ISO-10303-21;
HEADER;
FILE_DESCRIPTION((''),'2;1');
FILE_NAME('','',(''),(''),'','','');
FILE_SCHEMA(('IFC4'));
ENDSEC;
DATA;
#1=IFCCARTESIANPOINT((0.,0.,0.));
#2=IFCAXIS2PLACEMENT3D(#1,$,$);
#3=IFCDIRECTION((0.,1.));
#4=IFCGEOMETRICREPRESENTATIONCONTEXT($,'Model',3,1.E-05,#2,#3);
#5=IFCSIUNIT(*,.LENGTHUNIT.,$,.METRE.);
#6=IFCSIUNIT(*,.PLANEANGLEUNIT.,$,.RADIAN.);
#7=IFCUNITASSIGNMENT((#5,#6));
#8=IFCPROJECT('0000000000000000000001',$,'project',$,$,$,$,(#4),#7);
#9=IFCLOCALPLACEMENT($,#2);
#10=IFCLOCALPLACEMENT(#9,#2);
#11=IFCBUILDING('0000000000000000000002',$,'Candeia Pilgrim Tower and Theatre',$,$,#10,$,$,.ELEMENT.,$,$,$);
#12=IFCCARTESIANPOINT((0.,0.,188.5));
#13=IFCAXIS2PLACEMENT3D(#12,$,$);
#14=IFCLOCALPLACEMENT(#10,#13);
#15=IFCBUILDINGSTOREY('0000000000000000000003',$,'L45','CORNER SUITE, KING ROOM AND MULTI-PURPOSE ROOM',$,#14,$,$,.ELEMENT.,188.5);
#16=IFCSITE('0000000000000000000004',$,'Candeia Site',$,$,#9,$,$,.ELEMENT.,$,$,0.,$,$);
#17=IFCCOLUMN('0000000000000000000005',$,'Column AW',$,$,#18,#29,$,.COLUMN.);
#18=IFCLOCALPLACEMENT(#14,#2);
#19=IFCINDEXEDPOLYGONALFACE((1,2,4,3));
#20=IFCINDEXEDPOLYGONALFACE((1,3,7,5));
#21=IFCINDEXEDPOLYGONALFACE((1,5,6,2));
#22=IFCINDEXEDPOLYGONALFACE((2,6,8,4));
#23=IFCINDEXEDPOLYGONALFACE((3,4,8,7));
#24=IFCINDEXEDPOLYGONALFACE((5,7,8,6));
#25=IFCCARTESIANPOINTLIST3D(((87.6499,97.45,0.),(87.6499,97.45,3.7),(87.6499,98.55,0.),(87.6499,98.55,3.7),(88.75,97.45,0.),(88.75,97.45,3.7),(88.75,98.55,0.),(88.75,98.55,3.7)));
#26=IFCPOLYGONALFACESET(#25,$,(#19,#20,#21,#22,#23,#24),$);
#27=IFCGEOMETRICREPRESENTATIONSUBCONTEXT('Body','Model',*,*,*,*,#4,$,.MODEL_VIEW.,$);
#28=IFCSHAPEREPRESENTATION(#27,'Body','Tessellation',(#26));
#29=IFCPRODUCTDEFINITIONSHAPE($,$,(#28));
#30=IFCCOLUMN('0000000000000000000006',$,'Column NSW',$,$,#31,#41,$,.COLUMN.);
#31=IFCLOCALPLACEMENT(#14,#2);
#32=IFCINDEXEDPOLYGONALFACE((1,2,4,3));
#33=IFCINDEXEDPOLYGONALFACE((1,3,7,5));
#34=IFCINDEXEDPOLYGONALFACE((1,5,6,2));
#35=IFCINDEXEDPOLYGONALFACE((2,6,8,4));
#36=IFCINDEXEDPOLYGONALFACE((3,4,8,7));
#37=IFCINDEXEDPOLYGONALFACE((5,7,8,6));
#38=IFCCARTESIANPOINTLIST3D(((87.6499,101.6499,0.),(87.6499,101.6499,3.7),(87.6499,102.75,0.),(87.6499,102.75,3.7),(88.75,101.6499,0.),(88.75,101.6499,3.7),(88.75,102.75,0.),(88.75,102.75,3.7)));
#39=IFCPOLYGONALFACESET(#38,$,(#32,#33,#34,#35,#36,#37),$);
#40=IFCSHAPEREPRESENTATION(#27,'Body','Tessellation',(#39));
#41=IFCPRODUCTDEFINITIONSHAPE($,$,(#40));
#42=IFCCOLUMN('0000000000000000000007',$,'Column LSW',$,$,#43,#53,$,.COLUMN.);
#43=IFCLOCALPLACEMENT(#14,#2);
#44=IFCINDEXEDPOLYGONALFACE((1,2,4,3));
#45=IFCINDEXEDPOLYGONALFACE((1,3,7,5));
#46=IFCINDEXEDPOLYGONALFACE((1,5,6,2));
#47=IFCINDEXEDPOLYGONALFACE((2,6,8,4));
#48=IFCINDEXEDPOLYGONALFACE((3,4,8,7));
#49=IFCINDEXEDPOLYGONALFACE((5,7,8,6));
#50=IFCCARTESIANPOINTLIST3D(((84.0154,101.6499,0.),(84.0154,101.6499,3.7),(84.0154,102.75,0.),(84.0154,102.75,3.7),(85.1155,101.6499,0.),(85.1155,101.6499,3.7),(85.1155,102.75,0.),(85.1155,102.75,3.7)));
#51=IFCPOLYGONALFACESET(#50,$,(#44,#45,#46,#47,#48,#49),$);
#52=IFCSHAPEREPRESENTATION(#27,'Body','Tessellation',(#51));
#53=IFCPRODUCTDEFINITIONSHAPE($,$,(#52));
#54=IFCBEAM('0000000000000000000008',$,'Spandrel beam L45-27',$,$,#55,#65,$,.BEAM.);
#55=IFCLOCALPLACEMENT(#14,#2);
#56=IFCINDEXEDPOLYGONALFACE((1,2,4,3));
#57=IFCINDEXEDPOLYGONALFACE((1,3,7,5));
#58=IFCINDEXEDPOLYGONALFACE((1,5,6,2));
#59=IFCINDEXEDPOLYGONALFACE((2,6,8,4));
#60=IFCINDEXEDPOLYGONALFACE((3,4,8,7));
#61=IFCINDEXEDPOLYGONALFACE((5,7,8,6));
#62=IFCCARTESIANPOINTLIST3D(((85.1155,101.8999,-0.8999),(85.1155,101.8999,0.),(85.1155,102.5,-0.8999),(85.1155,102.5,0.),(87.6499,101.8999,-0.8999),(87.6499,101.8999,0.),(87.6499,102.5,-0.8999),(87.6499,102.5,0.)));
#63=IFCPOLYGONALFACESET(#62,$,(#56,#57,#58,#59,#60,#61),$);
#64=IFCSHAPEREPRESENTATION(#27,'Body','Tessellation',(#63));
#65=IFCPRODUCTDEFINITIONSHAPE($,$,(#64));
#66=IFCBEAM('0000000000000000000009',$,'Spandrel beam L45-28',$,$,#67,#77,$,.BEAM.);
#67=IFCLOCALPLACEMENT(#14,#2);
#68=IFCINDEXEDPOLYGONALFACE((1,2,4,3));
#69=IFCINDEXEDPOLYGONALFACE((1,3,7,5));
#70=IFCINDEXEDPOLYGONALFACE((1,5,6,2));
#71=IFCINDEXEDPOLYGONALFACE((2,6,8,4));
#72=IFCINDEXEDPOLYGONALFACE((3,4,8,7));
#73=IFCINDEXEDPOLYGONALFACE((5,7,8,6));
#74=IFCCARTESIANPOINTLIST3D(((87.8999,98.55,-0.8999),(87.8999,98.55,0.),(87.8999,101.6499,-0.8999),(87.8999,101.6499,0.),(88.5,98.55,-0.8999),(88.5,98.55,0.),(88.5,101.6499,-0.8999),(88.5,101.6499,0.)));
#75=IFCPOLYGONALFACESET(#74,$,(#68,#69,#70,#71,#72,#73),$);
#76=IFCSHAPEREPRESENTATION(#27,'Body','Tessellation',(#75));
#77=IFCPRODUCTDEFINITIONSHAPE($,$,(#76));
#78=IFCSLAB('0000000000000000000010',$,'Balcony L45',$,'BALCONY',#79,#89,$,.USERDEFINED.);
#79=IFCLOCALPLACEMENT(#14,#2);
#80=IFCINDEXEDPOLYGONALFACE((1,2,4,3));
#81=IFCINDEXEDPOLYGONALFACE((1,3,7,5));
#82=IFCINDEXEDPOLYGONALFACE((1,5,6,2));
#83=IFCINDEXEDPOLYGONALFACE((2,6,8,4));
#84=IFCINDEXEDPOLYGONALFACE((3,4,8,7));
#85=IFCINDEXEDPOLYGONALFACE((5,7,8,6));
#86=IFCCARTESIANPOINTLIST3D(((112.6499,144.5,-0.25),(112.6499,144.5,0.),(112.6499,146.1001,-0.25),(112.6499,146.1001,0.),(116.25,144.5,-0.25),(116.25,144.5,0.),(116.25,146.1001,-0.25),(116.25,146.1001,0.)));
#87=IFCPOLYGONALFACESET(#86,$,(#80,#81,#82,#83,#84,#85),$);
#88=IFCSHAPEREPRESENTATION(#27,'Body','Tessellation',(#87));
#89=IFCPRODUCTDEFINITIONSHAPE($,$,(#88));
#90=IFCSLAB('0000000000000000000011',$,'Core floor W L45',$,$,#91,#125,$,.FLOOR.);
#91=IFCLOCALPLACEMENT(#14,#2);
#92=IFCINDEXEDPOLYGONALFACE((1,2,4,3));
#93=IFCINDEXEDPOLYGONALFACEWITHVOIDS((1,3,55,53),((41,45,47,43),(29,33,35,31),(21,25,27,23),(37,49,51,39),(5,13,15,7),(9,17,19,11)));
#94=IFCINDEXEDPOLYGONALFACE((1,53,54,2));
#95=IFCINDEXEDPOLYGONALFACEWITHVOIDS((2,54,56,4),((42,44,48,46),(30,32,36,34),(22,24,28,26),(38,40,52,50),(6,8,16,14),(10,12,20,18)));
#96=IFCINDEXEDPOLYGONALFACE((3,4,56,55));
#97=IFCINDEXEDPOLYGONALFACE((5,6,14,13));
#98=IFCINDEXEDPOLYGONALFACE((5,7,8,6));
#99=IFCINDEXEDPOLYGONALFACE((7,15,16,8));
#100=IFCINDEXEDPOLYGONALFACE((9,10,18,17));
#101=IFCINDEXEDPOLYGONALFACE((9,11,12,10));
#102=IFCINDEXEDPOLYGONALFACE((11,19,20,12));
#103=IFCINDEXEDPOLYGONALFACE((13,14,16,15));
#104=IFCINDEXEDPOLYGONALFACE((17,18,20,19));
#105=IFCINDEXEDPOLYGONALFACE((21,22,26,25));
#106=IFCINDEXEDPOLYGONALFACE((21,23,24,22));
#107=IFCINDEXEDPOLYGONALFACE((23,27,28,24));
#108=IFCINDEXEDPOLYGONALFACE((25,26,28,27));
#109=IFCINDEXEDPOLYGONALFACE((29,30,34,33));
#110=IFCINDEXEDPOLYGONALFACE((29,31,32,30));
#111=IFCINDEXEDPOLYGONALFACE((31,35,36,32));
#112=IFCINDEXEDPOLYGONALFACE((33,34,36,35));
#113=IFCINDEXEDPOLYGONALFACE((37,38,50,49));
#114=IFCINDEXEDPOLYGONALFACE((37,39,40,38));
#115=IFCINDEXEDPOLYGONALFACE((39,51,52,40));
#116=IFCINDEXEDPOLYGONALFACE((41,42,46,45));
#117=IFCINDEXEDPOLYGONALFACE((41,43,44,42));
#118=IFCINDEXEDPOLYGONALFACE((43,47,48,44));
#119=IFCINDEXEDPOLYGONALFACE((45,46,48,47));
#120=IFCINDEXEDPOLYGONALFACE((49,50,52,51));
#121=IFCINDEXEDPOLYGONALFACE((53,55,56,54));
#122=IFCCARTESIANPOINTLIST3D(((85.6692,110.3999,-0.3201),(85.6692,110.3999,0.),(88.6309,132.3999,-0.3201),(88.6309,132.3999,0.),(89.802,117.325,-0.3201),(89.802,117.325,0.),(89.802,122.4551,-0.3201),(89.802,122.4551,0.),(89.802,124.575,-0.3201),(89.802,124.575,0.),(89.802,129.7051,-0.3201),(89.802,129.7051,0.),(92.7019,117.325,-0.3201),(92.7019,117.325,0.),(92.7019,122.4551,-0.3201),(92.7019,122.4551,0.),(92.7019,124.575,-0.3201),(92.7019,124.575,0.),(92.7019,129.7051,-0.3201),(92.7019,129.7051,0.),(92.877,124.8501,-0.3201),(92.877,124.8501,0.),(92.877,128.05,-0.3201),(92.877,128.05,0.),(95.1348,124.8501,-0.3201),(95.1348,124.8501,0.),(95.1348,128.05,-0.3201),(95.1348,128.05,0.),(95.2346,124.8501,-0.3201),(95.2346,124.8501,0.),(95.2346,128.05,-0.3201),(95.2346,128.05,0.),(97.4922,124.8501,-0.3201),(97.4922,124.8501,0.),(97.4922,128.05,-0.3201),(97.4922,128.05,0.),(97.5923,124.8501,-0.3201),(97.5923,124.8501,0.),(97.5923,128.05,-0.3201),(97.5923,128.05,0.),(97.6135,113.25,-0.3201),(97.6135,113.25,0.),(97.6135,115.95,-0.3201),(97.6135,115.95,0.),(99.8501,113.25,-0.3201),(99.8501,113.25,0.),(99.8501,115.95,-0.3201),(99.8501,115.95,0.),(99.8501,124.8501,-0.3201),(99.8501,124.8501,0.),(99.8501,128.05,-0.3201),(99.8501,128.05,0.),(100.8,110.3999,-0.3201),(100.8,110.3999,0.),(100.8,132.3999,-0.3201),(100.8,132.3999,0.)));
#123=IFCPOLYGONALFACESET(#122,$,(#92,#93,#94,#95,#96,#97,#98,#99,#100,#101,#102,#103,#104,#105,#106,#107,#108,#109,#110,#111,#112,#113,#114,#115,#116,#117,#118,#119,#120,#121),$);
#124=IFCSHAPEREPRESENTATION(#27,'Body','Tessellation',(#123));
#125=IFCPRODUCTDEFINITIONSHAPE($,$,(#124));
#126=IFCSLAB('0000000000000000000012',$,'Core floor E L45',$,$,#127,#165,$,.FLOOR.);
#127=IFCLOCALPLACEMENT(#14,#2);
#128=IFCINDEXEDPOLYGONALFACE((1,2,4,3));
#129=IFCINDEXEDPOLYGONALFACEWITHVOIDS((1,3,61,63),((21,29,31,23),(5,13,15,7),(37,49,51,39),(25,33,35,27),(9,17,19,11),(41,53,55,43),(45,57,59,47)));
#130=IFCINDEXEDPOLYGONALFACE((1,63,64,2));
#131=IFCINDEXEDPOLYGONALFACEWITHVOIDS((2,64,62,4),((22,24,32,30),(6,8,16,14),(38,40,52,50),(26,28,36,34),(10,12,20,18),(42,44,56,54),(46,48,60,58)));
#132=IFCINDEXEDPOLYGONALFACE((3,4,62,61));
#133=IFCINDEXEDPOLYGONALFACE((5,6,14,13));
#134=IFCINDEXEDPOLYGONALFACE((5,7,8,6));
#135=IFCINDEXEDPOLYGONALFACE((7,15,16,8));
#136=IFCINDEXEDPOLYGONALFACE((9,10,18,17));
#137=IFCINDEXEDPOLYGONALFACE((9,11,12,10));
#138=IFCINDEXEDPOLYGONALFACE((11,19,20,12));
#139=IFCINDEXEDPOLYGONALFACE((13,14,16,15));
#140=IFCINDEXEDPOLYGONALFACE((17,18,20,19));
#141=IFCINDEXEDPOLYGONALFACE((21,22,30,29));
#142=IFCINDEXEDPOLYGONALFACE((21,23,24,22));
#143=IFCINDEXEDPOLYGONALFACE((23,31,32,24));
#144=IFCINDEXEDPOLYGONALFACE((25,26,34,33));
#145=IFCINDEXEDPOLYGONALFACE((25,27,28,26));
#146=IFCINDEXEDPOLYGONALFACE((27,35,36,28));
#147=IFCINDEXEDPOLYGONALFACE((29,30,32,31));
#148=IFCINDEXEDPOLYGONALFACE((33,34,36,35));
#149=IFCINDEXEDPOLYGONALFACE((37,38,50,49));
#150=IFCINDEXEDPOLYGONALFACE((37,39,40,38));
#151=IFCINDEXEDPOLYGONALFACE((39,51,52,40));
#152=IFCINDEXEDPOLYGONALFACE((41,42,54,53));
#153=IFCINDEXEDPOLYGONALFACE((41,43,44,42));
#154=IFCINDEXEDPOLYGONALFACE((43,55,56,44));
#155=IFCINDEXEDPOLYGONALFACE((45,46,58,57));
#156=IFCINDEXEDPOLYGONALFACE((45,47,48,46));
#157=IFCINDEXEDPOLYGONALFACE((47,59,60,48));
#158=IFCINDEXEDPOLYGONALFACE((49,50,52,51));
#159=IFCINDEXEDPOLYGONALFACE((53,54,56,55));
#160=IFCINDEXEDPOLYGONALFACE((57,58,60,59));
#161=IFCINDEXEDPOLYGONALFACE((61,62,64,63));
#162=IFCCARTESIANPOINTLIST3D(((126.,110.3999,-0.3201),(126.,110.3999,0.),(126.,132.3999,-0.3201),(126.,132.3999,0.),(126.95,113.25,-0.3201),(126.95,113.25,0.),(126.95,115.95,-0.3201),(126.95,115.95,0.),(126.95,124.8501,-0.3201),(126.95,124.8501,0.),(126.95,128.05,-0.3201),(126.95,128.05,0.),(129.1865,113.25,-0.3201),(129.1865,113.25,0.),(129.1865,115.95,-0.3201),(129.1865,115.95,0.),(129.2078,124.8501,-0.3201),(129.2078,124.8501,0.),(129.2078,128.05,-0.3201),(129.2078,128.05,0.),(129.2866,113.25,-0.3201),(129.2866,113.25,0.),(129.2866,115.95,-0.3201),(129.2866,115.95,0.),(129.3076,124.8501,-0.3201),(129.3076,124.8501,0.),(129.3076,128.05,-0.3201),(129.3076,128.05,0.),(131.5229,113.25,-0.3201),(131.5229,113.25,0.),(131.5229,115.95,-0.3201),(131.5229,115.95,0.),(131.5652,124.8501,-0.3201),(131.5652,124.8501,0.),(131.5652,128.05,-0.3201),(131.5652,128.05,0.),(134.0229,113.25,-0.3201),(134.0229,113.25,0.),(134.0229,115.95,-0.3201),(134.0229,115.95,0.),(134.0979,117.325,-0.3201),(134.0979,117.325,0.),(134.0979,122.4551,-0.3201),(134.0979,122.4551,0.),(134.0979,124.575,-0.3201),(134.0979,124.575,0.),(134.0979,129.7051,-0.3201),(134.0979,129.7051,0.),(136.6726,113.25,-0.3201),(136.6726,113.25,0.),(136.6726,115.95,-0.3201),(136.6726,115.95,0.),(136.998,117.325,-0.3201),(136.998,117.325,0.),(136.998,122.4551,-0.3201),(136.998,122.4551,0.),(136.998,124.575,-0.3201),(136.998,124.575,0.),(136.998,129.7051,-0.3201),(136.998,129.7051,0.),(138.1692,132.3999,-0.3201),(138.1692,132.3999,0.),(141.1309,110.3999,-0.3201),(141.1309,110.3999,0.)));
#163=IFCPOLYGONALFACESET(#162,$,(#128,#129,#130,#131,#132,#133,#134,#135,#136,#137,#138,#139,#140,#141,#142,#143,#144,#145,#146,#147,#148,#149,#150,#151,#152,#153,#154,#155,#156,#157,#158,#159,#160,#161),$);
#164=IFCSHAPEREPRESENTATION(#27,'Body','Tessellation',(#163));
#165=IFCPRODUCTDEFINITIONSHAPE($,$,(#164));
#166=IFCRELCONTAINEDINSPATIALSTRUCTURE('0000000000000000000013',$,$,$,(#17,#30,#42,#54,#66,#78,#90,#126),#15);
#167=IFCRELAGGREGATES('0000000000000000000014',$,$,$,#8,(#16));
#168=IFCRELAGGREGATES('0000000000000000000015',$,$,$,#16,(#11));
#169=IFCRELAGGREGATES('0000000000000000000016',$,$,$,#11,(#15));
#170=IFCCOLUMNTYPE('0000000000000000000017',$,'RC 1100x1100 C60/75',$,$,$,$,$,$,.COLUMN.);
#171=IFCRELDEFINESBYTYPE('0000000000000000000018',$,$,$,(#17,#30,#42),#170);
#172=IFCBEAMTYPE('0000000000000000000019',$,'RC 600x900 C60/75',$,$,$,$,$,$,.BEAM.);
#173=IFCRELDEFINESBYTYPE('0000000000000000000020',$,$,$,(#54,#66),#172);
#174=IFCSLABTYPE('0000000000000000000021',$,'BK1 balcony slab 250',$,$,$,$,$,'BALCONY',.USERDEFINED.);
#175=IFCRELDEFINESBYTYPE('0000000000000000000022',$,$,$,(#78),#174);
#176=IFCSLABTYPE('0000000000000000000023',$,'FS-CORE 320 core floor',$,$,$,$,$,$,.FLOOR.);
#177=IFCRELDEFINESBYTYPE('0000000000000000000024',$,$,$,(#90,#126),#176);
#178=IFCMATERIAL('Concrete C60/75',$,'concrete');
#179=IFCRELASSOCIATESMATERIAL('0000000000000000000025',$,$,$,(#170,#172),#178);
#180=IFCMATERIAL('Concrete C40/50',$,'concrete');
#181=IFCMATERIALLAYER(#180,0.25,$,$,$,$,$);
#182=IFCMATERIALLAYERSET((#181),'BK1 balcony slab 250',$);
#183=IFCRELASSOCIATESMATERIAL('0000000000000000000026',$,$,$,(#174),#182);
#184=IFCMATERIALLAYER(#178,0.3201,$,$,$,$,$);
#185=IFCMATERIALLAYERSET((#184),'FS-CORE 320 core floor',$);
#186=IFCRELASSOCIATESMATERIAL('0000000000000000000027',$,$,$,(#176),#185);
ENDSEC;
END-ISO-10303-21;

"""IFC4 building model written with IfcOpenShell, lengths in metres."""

from ifc_helpers import new_model, si_unit, direction, frame, origin, origin_2d, place, context, subcontext, project, spatial, polyline, rectangle, outline, extrude, material, layer, layer_set, material_profile, profile_set, type_object, element, save


model = new_model("IFC4")

# Units and contexts
model_context = context("Model", 3, precision=1e-05, world=origin(), true_north=direction((0.0, 1.0)))
body_context = subcontext(model_context, "Body", "Model", "MODEL_VIEW")
ifc_project = project(units=[si_unit("LENGTHUNIT", "METRE"), si_unit("PLANEANGLEUNIT", "RADIAN")], contexts=[model_context])

# Site, building, storey
site_placement = place(None, origin())
site = spatial("IfcSite", under=ifc_project, at=site_placement, Name="Candeia Site", CompositionType="ELEMENT", RefElevation=0.0)
building_placement = place(site_placement, origin())
building = spatial("IfcBuilding", under=site, at=building_placement, Name="Candeia Pilgrim Tower and Theatre", CompositionType="ELEMENT")
storey_placement = place(building_placement, frame((0.0, 0.0, 188.5)))
storey = spatial("IfcBuildingStorey", under=building, at=storey_placement, Name="L45", Description="CORNER SUITE, KING ROOM AND MULTI-PURPOSE ROOM", CompositionType="ELEMENT", Elevation=188.5)

# Columns
ifc_material_1 = material(Name="Concrete C60/75", Category="concrete")
ifc_material_profile_1 = material_profile(ifc_material_1, rectangle(XDim=1.1001, YDim=1.1001, at=origin_2d()))
ifc_profile_set_1 = profile_set([ifc_material_profile_1], Name="Concrete C60/75")
column_type = type_object("IfcColumnType", Name="RC 1100x1100 C60/75", PredefinedType="COLUMN", material=ifc_profile_set_1)
for number, where, z_axis, x_axis, name in (
    (1, (88.2, 98.0, 0.0), (0.0, 0.0, 1.0), (1.0, 0.0, 0.0), "Column AW"),
    (2, (88.2, 102.2, 0.0), (0.0, 0.0, 1.0), (1.0, 0.0, 0.0), "Column NSW"),
    (3, (84.5654, 102.2, 0.0), (0.0, 0.0, 1.0), (1.0, 0.0, 0.0), "Column LSW"),
):
    element("IfcColumn", number, at=place(storey_placement, frame(where, z_axis=z_axis, x_axis=x_axis)), inside=storey, type_object=column_type, Name=name, PredefinedType="COLUMN", context=body_context, shape_type="SweptSolid", body=[
        extrude(rectangle(XDim=1.1001, YDim=1.1001, at=origin_2d()), origin(), (0.0, 0.0, 1.0), 3.7),
    ])

# Beams
ifc_material_profile_2 = material_profile(ifc_material_1, rectangle(XDim=0.6001, YDim=0.8999, at=origin_2d()))
ifc_profile_set_2 = profile_set([ifc_material_profile_2], Name="Concrete C60/75")
beam_type = type_object("IfcBeamType", Name="RC 600x900 C60/75", PredefinedType="BEAM", material=ifc_profile_set_2)
beam_1_placement = place(storey_placement, frame((85.1155, 102.2, -0.45), z_axis=(1.0, 0.0, 0.0), x_axis=(0.0, 1.0, 0.0)))
element("IfcBeam", 4, at=beam_1_placement, inside=storey, type_object=beam_type, Name="Spandrel beam L45-27", PredefinedType="BEAM", context=body_context, shape_type="SweptSolid", body=[
    extrude(rectangle(XDim=0.6001, YDim=0.8999, at=origin_2d()), origin(), (0.0, 0.0, 1.0), 2.5344),
])
beam_2_placement = place(storey_placement, frame((88.2, 101.6499, -0.45), z_axis=(0.0, -1.0, 0.0), x_axis=(1.0, 0.0, 0.0)))
element("IfcBeam", 5, at=beam_2_placement, inside=storey, type_object=beam_type, Name="Spandrel beam L45-28", PredefinedType="BEAM", context=body_context, shape_type="SweptSolid", body=[
    extrude(rectangle(XDim=0.6001, YDim=0.8999, at=origin_2d()), origin(), (0.0, 0.0, 1.0), 3.0999),
])

# Slabs
ifc_material_2 = material(Name="Concrete C40/50", Category="concrete")
ifc_layer_1 = layer(ifc_material_2, 0.25)
ifc_layer_set_1 = layer_set([ifc_layer_1], Name="BK1 balcony slab 250")
slab_type_1 = type_object("IfcSlabType", Name="BK1 balcony slab 250", ElementType="BALCONY", PredefinedType="USERDEFINED", material=ifc_layer_set_1)
slab_1_placement = place(storey_placement, frame((0.0, 0.0, -0.25)))
element("IfcSlab", 6, at=slab_1_placement, inside=storey, type_object=slab_type_1, Name="Balcony L45", ObjectType="BALCONY", PredefinedType="USERDEFINED", context=body_context, shape_type="SweptSolid", body=[
    extrude(outline(polyline([(112.6499, 144.5), (116.25, 144.5), (116.25, 146.1001), (112.6499, 146.1001), (112.6499, 144.5)])), origin(), (0.0, 0.0, 1.0), 0.25),
])
ifc_layer_2 = layer(ifc_material_1, 0.3201)
ifc_layer_set_2 = layer_set([ifc_layer_2], Name="FS-CORE 320 core floor")
slab_type_2 = type_object("IfcSlabType", Name="FS-CORE 320 core floor", PredefinedType="FLOOR", material=ifc_layer_set_2)
slab_2_placement = place(storey_placement, frame((0.0, 0.0, -0.3201)))
element("IfcSlab", 7, at=slab_2_placement, inside=storey, type_object=slab_type_2, Name="Core floor W L45", PredefinedType="FLOOR", context=body_context, shape_type="SweptSolid", body=[
    extrude(outline(polyline([(100.8, 132.3999), (100.8, 110.3999), (85.6692, 110.3999), (88.6309, 132.3999), (100.8, 132.3999)]), holes=[polyline([(97.5923, 128.05), (97.5923, 124.8501), (99.8501, 124.8501), (99.8501, 128.05), (97.5923, 128.05)]), polyline([(97.6135, 113.25), (99.8501, 113.25), (99.8501, 115.95), (97.6135, 115.95), (97.6135, 113.25)]), polyline([(95.2346, 124.8501), (97.4922, 124.8501), (97.4922, 128.05), (95.2346, 128.05), (95.2346, 124.8501)]), polyline([(92.877, 128.05), (92.877, 124.8501), (95.1348, 124.8501), (95.1348, 128.05), (92.877, 128.05)]), polyline([(89.802, 122.4551), (89.802, 117.325), (92.7019, 117.325), (92.7019, 122.4551), (89.802, 122.4551)]), polyline([(89.802, 129.7051), (89.802, 124.575), (92.7019, 124.575), (92.7019, 129.7051), (89.802, 129.7051)])]), origin(), (0.0, 0.0, 1.0), 0.3201),
])
slab_3_placement = place(storey_placement, frame((0.0, 0.0, -0.3201)))
element("IfcSlab", 8, at=slab_3_placement, inside=storey, type_object=slab_type_2, Name="Core floor E L45", PredefinedType="FLOOR", context=body_context, shape_type="SweptSolid", body=[
    extrude(outline(polyline([(138.1692, 132.3999), (141.1309, 110.3999), (126.0, 110.3999), (126.0, 132.3999), (138.1692, 132.3999)]), holes=[polyline([(134.0979, 122.4551), (134.0979, 117.325), (136.998, 117.325), (136.998, 122.4551), (134.0979, 122.4551)]), polyline([(134.0979, 129.7051), (134.0979, 124.575), (136.998, 124.575), (136.998, 129.7051), (134.0979, 129.7051)]), polyline([(136.6726, 115.95), (134.0229, 115.95), (134.0229, 113.25), (136.6726, 113.25), (136.6726, 115.95)]), polyline([(131.5652, 128.05), (129.3076, 128.05), (129.3076, 124.8501), (131.5652, 124.8501), (131.5652, 128.05)]), polyline([(131.5229, 115.95), (129.2866, 115.95), (129.2866, 113.25), (131.5229, 113.25), (131.5229, 115.95)]), polyline([(129.2078, 128.05), (126.95, 128.05), (126.95, 124.8501), (129.2078, 124.8501), (129.2078, 128.05)]), polyline([(126.95, 115.95), (126.95, 113.25), (129.1865, 113.25), (129.1865, 115.95), (126.95, 115.95)])]), origin(), (0.0, 0.0, 1.0), 0.3201),
])

save(model, "model.ifc")
